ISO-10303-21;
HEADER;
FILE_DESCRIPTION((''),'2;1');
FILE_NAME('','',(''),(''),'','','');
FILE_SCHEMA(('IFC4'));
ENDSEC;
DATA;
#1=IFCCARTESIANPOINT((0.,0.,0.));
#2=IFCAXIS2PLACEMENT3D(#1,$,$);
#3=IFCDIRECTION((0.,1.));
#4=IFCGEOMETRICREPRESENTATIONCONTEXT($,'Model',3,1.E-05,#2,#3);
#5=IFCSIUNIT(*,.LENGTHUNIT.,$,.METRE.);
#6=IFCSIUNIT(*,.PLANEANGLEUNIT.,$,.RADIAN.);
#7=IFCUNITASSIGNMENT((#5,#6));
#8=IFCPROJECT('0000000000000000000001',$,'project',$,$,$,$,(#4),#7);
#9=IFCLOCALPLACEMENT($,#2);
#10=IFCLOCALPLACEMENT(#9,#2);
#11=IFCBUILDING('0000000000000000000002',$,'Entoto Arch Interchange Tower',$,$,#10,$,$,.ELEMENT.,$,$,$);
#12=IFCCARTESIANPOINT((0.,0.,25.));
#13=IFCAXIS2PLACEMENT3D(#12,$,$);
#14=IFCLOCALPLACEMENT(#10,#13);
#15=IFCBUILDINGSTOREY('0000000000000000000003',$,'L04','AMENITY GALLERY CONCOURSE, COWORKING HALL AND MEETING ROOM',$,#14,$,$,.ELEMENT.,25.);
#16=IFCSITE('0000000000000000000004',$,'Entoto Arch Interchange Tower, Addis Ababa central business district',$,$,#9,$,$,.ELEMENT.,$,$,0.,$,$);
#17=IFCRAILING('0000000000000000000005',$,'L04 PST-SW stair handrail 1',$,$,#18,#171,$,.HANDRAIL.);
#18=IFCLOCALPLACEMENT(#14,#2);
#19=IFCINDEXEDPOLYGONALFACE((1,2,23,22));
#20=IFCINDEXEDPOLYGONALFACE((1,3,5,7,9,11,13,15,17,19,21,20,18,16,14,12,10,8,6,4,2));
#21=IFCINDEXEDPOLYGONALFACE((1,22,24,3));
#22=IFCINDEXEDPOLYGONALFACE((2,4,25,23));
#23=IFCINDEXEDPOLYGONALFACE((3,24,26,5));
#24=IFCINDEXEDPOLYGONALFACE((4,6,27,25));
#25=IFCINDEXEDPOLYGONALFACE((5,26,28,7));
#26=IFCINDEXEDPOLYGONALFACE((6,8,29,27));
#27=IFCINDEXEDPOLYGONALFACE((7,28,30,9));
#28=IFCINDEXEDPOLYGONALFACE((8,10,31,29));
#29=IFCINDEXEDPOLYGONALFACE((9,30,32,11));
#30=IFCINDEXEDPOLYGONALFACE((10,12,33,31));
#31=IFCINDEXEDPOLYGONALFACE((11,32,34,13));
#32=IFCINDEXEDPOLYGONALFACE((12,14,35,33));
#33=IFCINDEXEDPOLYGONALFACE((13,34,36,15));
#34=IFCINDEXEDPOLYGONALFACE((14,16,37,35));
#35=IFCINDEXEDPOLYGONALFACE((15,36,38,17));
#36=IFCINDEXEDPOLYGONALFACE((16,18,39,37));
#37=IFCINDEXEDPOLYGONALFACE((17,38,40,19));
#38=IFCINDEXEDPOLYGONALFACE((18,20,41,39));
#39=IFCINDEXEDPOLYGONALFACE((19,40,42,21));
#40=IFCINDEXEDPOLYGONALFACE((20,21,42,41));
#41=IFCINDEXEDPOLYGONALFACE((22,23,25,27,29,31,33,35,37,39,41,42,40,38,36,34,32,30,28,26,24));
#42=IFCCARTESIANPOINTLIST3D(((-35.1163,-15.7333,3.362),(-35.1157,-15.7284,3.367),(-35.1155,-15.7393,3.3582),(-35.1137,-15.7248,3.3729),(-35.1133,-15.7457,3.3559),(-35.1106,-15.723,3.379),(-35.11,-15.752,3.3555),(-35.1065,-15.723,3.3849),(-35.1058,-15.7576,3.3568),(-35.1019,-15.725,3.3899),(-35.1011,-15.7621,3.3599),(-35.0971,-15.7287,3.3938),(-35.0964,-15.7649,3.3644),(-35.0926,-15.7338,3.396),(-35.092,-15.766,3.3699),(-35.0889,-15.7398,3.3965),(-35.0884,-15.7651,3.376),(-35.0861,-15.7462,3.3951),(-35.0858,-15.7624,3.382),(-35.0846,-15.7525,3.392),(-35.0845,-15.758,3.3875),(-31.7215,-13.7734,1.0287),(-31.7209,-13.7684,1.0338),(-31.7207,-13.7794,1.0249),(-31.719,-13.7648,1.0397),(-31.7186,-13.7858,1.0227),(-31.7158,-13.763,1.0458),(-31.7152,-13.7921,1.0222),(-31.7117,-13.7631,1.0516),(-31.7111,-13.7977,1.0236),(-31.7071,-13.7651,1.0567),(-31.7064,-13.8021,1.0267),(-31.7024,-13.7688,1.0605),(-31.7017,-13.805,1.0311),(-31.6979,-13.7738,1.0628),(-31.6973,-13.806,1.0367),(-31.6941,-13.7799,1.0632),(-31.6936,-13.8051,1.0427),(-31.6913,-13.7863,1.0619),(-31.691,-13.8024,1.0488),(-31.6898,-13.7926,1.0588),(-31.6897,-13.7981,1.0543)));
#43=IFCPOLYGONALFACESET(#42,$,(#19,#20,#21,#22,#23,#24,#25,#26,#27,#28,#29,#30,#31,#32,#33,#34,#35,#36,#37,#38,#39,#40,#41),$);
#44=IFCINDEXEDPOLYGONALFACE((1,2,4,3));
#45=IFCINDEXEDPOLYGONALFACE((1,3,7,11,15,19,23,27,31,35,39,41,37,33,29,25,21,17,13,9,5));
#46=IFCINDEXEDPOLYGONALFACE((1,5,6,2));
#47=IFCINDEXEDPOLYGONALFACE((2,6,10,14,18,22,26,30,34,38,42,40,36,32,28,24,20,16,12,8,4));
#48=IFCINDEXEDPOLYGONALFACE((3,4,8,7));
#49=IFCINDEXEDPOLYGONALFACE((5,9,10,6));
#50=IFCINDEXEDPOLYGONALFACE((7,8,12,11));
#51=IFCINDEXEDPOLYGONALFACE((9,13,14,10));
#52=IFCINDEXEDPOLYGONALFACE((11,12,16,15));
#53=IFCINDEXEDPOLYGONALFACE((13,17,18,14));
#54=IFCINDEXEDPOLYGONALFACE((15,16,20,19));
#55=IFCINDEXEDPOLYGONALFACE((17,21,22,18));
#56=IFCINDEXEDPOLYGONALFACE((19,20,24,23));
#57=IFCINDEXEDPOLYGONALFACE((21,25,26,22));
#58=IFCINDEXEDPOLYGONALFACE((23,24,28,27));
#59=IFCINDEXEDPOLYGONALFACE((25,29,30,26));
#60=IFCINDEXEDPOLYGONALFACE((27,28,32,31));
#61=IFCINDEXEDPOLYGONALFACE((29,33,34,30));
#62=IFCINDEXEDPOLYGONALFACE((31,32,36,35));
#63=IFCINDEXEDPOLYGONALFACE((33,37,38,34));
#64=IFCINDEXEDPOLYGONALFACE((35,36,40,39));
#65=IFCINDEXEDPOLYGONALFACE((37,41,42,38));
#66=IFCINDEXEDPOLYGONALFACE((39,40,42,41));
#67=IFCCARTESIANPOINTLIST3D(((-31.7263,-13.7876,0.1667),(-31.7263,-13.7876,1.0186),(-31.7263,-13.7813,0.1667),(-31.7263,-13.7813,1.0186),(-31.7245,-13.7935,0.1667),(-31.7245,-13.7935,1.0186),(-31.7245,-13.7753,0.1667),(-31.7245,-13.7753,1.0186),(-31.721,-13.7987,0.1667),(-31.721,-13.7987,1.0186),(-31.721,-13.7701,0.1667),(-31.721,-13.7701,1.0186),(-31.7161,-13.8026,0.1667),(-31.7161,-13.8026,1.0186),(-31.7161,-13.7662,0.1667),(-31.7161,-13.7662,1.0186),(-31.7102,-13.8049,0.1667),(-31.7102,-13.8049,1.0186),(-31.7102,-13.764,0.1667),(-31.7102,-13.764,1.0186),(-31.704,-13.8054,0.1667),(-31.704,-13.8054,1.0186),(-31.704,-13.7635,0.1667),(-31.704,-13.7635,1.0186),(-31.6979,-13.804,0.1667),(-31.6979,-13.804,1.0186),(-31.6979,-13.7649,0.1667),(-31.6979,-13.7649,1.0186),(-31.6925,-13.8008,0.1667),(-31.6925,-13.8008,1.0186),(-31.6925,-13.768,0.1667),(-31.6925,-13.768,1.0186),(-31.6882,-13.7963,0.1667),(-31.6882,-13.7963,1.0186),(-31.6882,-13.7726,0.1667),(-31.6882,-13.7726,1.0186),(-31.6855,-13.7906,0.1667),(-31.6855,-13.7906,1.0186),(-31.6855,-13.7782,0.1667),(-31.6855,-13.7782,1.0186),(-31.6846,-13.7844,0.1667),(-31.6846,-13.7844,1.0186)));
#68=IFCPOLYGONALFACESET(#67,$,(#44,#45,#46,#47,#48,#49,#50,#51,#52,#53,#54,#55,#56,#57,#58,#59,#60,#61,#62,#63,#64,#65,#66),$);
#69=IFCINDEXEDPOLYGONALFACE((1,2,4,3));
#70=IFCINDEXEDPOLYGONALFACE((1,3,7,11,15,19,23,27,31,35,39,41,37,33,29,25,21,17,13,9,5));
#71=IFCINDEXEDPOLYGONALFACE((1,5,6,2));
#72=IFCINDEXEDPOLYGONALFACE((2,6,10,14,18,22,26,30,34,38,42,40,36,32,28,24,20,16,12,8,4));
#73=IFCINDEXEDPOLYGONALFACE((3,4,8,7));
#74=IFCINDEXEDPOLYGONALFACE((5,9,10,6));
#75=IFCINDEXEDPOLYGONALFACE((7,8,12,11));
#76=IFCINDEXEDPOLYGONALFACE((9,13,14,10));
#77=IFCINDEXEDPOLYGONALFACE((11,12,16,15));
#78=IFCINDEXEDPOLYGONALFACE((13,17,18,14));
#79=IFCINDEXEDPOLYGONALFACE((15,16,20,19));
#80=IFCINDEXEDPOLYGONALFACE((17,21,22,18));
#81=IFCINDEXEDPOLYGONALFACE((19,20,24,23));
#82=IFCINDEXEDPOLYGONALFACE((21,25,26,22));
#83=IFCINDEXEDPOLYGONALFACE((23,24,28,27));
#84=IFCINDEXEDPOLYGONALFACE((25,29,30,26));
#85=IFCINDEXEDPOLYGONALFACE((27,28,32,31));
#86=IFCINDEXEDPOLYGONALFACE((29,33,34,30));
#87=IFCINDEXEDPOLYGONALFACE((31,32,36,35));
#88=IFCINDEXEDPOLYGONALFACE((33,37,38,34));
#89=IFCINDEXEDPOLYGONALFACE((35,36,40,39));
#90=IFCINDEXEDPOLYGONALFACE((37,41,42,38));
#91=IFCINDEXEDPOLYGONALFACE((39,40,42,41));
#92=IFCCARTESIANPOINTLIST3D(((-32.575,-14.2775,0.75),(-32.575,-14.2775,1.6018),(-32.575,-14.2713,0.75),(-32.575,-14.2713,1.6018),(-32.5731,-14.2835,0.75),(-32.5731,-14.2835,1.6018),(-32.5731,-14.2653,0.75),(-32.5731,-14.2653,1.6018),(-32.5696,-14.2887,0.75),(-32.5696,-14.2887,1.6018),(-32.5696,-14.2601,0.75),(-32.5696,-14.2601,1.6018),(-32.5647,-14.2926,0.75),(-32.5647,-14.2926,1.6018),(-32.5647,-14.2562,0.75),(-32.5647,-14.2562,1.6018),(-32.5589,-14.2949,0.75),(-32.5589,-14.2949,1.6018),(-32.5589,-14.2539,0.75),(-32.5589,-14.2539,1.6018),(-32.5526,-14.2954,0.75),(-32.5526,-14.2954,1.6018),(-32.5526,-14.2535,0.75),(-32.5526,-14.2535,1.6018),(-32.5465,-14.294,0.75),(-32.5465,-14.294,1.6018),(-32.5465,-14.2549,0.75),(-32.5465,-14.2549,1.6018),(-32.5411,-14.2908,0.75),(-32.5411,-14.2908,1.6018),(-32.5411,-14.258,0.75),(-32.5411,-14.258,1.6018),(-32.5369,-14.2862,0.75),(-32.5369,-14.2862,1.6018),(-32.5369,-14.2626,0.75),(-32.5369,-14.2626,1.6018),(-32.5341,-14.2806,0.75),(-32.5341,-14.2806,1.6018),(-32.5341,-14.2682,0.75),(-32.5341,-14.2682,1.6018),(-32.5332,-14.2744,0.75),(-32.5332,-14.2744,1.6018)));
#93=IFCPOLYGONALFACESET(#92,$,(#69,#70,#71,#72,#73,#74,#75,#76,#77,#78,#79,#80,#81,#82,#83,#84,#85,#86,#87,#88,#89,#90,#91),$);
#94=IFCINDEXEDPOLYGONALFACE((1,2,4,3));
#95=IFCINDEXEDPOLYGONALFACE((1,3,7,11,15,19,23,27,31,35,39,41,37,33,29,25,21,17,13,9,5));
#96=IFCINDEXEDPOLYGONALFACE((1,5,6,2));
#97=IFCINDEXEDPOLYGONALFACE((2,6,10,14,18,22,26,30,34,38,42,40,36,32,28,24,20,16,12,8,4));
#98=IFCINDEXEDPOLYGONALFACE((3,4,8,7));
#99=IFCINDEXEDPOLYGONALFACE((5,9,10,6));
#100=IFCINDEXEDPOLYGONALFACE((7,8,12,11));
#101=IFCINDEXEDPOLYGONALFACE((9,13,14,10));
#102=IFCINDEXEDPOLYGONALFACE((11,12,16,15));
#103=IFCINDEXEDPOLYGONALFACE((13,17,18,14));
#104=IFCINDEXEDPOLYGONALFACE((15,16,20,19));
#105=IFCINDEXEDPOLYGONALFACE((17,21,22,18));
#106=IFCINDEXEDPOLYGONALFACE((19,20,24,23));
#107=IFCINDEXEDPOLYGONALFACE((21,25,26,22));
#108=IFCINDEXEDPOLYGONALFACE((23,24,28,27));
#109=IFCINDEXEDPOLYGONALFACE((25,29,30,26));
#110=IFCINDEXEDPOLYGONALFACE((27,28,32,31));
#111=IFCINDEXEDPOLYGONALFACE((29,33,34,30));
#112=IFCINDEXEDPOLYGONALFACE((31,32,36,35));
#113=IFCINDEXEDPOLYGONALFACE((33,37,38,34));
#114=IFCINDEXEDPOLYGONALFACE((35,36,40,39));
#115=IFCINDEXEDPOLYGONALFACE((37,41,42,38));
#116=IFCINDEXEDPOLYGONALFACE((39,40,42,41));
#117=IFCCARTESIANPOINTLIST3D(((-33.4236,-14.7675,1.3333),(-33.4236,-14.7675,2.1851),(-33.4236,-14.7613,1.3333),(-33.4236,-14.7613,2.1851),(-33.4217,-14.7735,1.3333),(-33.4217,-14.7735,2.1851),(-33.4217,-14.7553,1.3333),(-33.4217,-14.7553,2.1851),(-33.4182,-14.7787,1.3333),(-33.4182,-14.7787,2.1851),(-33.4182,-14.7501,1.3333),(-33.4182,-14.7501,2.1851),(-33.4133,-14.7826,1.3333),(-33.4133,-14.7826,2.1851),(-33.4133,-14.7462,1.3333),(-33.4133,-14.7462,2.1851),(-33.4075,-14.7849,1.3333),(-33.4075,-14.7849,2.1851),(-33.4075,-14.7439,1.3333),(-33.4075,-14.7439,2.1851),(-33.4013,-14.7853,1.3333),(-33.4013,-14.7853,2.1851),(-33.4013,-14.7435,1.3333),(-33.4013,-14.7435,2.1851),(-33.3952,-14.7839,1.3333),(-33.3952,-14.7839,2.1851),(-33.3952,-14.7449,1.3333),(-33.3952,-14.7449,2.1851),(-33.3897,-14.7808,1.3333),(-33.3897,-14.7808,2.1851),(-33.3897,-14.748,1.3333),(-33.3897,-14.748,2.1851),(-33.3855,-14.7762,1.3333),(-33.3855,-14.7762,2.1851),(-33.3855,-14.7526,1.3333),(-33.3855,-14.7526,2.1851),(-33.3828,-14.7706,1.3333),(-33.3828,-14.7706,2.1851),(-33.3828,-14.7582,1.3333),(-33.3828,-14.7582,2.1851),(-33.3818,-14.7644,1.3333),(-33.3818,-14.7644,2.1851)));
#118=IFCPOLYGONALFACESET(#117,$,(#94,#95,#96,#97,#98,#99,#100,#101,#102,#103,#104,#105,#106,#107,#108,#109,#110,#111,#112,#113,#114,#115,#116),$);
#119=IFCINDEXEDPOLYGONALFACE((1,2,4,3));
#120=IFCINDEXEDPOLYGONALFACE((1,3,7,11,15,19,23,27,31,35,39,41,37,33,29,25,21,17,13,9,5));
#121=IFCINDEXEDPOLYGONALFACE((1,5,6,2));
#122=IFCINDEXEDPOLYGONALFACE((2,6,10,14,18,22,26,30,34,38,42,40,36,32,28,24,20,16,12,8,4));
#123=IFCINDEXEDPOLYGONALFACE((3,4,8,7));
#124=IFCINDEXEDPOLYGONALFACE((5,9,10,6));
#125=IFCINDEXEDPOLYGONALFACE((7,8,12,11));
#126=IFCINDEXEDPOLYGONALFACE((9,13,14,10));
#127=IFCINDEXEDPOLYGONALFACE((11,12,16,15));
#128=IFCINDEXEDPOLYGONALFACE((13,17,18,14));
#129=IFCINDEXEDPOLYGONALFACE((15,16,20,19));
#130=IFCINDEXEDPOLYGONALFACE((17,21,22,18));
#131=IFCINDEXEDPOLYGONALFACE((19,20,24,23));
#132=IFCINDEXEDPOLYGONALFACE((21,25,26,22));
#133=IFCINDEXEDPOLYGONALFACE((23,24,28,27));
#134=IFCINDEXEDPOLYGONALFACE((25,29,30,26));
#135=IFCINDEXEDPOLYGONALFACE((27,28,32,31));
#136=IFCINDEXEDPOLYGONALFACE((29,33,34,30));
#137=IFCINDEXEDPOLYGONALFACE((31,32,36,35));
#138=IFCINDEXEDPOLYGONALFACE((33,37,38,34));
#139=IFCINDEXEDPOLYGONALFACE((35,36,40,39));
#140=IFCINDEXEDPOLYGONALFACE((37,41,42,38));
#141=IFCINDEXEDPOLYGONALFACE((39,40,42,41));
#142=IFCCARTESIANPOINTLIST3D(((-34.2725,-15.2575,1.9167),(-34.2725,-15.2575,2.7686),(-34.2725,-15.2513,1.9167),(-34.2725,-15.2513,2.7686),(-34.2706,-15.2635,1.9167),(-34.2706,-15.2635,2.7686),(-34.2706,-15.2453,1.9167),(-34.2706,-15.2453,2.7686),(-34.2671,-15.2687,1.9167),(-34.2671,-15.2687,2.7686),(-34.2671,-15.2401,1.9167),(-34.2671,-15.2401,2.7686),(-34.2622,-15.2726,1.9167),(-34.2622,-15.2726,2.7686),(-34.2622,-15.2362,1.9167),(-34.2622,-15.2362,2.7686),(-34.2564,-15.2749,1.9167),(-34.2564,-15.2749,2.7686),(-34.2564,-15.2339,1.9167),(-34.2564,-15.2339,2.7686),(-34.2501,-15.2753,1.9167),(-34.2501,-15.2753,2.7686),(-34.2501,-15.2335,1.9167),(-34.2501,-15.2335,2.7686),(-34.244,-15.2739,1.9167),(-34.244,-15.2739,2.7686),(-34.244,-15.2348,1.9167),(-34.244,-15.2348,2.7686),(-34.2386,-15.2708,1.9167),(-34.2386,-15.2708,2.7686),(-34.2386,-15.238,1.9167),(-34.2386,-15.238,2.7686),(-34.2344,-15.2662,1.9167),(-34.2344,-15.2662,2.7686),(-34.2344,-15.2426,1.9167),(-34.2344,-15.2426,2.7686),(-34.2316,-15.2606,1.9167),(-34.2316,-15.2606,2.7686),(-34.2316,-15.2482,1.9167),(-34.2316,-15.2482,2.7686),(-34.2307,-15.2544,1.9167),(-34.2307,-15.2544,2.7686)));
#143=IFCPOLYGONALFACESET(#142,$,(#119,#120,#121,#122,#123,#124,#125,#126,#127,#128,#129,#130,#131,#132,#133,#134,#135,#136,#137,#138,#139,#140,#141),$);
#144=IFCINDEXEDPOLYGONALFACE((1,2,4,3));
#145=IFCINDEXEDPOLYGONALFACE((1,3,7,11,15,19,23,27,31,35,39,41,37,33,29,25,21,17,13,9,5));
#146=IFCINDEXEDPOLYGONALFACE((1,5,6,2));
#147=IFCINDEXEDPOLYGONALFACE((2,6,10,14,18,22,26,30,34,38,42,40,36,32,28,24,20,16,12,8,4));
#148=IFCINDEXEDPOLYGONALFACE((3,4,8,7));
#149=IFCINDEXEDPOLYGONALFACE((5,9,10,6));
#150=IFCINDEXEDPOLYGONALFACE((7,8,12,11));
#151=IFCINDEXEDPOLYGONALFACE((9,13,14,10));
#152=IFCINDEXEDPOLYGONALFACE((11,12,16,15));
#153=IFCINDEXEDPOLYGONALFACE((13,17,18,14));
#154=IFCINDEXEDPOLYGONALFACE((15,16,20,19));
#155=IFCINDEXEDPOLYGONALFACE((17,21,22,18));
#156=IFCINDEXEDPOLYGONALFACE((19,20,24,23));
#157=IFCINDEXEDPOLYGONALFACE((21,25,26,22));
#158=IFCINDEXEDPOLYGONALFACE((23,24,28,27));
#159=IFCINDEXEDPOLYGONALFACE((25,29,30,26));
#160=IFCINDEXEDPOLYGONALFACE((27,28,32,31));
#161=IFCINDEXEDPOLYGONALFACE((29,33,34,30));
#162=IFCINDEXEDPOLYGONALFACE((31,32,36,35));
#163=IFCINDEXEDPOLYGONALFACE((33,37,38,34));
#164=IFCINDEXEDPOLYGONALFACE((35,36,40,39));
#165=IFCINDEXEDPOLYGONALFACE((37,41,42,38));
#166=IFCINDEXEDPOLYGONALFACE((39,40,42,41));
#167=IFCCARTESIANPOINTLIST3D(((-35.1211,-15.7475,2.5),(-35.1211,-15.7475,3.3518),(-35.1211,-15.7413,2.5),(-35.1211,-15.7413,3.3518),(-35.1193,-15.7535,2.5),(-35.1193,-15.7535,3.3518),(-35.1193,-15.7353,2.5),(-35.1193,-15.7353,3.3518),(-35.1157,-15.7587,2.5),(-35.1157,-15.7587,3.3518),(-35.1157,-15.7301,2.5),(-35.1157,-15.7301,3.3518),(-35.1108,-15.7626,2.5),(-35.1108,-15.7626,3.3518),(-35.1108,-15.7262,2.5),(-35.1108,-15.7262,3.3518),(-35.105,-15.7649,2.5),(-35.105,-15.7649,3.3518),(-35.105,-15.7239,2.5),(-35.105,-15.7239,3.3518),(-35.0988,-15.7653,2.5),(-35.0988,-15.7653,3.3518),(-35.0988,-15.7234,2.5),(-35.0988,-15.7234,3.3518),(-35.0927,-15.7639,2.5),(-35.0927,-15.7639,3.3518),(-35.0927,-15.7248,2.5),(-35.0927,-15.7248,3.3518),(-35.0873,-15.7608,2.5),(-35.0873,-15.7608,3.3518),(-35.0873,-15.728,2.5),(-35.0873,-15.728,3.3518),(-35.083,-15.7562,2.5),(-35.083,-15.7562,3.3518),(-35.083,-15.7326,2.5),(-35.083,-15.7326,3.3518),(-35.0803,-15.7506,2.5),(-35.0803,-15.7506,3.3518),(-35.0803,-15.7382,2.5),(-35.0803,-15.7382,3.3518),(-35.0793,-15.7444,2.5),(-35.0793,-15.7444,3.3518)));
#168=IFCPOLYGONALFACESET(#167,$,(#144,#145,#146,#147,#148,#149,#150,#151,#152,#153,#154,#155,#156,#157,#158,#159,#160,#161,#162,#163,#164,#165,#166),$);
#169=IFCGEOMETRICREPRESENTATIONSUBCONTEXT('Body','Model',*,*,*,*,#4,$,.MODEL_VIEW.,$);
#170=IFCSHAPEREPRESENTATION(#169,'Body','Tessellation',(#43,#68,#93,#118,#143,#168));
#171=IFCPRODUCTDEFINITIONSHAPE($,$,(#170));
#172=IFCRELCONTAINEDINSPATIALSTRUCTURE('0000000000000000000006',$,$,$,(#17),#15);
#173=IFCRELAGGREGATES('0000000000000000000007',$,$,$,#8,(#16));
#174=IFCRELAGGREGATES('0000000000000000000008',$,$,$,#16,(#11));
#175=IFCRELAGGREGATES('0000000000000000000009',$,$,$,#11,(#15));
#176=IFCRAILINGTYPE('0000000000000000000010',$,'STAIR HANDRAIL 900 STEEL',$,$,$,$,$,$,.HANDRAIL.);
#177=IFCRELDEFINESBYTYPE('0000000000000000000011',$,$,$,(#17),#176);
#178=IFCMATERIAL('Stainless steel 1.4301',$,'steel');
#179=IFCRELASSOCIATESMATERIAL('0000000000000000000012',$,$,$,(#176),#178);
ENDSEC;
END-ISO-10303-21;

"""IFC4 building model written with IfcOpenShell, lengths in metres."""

from ifc_helpers import new_model, si_unit, direction, frame, origin, origin_2d, place, context, subcontext, project, spatial, circle, extrude, material, type_object, element, save


model = new_model("IFC4")

# Units and contexts
model_context = context("Model", 3, precision=1e-05, world=origin(), true_north=direction((0.0, 1.0)))
body_context = subcontext(model_context, "Body", "Model", "MODEL_VIEW")
ifc_project = project(units=[si_unit("LENGTHUNIT", "METRE"), si_unit("PLANEANGLEUNIT", "RADIAN")], contexts=[model_context])

# Site, building, storey
site_placement = place(None, origin())
site = spatial("IfcSite", under=ifc_project, at=site_placement, Name="Entoto Arch Interchange Tower, Addis Ababa central business district", CompositionType="ELEMENT", RefElevation=0.0)
building_placement = place(site_placement, origin())
building = spatial("IfcBuilding", under=site, at=building_placement, Name="Entoto Arch Interchange Tower", CompositionType="ELEMENT")
storey_placement = place(building_placement, frame((0.0, 0.0, 25.0)))
storey = spatial("IfcBuildingStorey", under=building, at=storey_placement, Name="L04", Description="AMENITY GALLERY CONCOURSE, COWORKING HALL AND MEETING ROOM", CompositionType="ELEMENT", Elevation=25.0)

# Railing
ifc_material_1 = material(Name="Stainless steel 1.4301", Category="steel")
railing_type = type_object("IfcRailingType", Name="STAIR HANDRAIL 900 STEEL", PredefinedType="HANDRAIL", material=ifc_material_1)
railing_placement = place(storey_placement, frame((-31.7056, -13.7844, 0.1667)))
element("IfcRailing", 1, at=railing_placement, inside=storey, type_object=railing_type, Name="L04 PST-SW stair handrail 1", PredefinedType="HANDRAIL", context=body_context, shape_type="SweptSolid", body=[
    extrude(circle(Radius=0.0239, at=origin_2d()), frame((0.0, 0.0, 0.876), z_axis=(-0.744175, -0.429646, 0.511476), x_axis=(0.499997, -0.866027, 0.0)), (0.0, 0.0, 1.0), 4.5618),
    extrude(circle(Radius=0.021, at=origin_2d()), origin(), (0.0, 0.0, 1.0), 0.8518),
    extrude(circle(Radius=0.021, at=origin_2d()), frame((-0.8486, -0.49, 0.5833)), (0.0, 0.0, 1.0), 0.8518),
    extrude(circle(Radius=0.021, at=origin_2d()), frame((-1.6973, -0.98, 1.1665)), (0.0, 0.0, 1.0), 0.8518),
    extrude(circle(Radius=0.021, at=origin_2d()), frame((-2.5461, -1.47, 1.75)), (0.0, 0.0, 1.0), 0.8518),
    extrude(circle(Radius=0.021, at=origin_2d()), frame((-3.3948, -1.96, 2.3333)), (0.0, 0.0, 1.0), 0.8518),
])

save(model, "model.ifc")
